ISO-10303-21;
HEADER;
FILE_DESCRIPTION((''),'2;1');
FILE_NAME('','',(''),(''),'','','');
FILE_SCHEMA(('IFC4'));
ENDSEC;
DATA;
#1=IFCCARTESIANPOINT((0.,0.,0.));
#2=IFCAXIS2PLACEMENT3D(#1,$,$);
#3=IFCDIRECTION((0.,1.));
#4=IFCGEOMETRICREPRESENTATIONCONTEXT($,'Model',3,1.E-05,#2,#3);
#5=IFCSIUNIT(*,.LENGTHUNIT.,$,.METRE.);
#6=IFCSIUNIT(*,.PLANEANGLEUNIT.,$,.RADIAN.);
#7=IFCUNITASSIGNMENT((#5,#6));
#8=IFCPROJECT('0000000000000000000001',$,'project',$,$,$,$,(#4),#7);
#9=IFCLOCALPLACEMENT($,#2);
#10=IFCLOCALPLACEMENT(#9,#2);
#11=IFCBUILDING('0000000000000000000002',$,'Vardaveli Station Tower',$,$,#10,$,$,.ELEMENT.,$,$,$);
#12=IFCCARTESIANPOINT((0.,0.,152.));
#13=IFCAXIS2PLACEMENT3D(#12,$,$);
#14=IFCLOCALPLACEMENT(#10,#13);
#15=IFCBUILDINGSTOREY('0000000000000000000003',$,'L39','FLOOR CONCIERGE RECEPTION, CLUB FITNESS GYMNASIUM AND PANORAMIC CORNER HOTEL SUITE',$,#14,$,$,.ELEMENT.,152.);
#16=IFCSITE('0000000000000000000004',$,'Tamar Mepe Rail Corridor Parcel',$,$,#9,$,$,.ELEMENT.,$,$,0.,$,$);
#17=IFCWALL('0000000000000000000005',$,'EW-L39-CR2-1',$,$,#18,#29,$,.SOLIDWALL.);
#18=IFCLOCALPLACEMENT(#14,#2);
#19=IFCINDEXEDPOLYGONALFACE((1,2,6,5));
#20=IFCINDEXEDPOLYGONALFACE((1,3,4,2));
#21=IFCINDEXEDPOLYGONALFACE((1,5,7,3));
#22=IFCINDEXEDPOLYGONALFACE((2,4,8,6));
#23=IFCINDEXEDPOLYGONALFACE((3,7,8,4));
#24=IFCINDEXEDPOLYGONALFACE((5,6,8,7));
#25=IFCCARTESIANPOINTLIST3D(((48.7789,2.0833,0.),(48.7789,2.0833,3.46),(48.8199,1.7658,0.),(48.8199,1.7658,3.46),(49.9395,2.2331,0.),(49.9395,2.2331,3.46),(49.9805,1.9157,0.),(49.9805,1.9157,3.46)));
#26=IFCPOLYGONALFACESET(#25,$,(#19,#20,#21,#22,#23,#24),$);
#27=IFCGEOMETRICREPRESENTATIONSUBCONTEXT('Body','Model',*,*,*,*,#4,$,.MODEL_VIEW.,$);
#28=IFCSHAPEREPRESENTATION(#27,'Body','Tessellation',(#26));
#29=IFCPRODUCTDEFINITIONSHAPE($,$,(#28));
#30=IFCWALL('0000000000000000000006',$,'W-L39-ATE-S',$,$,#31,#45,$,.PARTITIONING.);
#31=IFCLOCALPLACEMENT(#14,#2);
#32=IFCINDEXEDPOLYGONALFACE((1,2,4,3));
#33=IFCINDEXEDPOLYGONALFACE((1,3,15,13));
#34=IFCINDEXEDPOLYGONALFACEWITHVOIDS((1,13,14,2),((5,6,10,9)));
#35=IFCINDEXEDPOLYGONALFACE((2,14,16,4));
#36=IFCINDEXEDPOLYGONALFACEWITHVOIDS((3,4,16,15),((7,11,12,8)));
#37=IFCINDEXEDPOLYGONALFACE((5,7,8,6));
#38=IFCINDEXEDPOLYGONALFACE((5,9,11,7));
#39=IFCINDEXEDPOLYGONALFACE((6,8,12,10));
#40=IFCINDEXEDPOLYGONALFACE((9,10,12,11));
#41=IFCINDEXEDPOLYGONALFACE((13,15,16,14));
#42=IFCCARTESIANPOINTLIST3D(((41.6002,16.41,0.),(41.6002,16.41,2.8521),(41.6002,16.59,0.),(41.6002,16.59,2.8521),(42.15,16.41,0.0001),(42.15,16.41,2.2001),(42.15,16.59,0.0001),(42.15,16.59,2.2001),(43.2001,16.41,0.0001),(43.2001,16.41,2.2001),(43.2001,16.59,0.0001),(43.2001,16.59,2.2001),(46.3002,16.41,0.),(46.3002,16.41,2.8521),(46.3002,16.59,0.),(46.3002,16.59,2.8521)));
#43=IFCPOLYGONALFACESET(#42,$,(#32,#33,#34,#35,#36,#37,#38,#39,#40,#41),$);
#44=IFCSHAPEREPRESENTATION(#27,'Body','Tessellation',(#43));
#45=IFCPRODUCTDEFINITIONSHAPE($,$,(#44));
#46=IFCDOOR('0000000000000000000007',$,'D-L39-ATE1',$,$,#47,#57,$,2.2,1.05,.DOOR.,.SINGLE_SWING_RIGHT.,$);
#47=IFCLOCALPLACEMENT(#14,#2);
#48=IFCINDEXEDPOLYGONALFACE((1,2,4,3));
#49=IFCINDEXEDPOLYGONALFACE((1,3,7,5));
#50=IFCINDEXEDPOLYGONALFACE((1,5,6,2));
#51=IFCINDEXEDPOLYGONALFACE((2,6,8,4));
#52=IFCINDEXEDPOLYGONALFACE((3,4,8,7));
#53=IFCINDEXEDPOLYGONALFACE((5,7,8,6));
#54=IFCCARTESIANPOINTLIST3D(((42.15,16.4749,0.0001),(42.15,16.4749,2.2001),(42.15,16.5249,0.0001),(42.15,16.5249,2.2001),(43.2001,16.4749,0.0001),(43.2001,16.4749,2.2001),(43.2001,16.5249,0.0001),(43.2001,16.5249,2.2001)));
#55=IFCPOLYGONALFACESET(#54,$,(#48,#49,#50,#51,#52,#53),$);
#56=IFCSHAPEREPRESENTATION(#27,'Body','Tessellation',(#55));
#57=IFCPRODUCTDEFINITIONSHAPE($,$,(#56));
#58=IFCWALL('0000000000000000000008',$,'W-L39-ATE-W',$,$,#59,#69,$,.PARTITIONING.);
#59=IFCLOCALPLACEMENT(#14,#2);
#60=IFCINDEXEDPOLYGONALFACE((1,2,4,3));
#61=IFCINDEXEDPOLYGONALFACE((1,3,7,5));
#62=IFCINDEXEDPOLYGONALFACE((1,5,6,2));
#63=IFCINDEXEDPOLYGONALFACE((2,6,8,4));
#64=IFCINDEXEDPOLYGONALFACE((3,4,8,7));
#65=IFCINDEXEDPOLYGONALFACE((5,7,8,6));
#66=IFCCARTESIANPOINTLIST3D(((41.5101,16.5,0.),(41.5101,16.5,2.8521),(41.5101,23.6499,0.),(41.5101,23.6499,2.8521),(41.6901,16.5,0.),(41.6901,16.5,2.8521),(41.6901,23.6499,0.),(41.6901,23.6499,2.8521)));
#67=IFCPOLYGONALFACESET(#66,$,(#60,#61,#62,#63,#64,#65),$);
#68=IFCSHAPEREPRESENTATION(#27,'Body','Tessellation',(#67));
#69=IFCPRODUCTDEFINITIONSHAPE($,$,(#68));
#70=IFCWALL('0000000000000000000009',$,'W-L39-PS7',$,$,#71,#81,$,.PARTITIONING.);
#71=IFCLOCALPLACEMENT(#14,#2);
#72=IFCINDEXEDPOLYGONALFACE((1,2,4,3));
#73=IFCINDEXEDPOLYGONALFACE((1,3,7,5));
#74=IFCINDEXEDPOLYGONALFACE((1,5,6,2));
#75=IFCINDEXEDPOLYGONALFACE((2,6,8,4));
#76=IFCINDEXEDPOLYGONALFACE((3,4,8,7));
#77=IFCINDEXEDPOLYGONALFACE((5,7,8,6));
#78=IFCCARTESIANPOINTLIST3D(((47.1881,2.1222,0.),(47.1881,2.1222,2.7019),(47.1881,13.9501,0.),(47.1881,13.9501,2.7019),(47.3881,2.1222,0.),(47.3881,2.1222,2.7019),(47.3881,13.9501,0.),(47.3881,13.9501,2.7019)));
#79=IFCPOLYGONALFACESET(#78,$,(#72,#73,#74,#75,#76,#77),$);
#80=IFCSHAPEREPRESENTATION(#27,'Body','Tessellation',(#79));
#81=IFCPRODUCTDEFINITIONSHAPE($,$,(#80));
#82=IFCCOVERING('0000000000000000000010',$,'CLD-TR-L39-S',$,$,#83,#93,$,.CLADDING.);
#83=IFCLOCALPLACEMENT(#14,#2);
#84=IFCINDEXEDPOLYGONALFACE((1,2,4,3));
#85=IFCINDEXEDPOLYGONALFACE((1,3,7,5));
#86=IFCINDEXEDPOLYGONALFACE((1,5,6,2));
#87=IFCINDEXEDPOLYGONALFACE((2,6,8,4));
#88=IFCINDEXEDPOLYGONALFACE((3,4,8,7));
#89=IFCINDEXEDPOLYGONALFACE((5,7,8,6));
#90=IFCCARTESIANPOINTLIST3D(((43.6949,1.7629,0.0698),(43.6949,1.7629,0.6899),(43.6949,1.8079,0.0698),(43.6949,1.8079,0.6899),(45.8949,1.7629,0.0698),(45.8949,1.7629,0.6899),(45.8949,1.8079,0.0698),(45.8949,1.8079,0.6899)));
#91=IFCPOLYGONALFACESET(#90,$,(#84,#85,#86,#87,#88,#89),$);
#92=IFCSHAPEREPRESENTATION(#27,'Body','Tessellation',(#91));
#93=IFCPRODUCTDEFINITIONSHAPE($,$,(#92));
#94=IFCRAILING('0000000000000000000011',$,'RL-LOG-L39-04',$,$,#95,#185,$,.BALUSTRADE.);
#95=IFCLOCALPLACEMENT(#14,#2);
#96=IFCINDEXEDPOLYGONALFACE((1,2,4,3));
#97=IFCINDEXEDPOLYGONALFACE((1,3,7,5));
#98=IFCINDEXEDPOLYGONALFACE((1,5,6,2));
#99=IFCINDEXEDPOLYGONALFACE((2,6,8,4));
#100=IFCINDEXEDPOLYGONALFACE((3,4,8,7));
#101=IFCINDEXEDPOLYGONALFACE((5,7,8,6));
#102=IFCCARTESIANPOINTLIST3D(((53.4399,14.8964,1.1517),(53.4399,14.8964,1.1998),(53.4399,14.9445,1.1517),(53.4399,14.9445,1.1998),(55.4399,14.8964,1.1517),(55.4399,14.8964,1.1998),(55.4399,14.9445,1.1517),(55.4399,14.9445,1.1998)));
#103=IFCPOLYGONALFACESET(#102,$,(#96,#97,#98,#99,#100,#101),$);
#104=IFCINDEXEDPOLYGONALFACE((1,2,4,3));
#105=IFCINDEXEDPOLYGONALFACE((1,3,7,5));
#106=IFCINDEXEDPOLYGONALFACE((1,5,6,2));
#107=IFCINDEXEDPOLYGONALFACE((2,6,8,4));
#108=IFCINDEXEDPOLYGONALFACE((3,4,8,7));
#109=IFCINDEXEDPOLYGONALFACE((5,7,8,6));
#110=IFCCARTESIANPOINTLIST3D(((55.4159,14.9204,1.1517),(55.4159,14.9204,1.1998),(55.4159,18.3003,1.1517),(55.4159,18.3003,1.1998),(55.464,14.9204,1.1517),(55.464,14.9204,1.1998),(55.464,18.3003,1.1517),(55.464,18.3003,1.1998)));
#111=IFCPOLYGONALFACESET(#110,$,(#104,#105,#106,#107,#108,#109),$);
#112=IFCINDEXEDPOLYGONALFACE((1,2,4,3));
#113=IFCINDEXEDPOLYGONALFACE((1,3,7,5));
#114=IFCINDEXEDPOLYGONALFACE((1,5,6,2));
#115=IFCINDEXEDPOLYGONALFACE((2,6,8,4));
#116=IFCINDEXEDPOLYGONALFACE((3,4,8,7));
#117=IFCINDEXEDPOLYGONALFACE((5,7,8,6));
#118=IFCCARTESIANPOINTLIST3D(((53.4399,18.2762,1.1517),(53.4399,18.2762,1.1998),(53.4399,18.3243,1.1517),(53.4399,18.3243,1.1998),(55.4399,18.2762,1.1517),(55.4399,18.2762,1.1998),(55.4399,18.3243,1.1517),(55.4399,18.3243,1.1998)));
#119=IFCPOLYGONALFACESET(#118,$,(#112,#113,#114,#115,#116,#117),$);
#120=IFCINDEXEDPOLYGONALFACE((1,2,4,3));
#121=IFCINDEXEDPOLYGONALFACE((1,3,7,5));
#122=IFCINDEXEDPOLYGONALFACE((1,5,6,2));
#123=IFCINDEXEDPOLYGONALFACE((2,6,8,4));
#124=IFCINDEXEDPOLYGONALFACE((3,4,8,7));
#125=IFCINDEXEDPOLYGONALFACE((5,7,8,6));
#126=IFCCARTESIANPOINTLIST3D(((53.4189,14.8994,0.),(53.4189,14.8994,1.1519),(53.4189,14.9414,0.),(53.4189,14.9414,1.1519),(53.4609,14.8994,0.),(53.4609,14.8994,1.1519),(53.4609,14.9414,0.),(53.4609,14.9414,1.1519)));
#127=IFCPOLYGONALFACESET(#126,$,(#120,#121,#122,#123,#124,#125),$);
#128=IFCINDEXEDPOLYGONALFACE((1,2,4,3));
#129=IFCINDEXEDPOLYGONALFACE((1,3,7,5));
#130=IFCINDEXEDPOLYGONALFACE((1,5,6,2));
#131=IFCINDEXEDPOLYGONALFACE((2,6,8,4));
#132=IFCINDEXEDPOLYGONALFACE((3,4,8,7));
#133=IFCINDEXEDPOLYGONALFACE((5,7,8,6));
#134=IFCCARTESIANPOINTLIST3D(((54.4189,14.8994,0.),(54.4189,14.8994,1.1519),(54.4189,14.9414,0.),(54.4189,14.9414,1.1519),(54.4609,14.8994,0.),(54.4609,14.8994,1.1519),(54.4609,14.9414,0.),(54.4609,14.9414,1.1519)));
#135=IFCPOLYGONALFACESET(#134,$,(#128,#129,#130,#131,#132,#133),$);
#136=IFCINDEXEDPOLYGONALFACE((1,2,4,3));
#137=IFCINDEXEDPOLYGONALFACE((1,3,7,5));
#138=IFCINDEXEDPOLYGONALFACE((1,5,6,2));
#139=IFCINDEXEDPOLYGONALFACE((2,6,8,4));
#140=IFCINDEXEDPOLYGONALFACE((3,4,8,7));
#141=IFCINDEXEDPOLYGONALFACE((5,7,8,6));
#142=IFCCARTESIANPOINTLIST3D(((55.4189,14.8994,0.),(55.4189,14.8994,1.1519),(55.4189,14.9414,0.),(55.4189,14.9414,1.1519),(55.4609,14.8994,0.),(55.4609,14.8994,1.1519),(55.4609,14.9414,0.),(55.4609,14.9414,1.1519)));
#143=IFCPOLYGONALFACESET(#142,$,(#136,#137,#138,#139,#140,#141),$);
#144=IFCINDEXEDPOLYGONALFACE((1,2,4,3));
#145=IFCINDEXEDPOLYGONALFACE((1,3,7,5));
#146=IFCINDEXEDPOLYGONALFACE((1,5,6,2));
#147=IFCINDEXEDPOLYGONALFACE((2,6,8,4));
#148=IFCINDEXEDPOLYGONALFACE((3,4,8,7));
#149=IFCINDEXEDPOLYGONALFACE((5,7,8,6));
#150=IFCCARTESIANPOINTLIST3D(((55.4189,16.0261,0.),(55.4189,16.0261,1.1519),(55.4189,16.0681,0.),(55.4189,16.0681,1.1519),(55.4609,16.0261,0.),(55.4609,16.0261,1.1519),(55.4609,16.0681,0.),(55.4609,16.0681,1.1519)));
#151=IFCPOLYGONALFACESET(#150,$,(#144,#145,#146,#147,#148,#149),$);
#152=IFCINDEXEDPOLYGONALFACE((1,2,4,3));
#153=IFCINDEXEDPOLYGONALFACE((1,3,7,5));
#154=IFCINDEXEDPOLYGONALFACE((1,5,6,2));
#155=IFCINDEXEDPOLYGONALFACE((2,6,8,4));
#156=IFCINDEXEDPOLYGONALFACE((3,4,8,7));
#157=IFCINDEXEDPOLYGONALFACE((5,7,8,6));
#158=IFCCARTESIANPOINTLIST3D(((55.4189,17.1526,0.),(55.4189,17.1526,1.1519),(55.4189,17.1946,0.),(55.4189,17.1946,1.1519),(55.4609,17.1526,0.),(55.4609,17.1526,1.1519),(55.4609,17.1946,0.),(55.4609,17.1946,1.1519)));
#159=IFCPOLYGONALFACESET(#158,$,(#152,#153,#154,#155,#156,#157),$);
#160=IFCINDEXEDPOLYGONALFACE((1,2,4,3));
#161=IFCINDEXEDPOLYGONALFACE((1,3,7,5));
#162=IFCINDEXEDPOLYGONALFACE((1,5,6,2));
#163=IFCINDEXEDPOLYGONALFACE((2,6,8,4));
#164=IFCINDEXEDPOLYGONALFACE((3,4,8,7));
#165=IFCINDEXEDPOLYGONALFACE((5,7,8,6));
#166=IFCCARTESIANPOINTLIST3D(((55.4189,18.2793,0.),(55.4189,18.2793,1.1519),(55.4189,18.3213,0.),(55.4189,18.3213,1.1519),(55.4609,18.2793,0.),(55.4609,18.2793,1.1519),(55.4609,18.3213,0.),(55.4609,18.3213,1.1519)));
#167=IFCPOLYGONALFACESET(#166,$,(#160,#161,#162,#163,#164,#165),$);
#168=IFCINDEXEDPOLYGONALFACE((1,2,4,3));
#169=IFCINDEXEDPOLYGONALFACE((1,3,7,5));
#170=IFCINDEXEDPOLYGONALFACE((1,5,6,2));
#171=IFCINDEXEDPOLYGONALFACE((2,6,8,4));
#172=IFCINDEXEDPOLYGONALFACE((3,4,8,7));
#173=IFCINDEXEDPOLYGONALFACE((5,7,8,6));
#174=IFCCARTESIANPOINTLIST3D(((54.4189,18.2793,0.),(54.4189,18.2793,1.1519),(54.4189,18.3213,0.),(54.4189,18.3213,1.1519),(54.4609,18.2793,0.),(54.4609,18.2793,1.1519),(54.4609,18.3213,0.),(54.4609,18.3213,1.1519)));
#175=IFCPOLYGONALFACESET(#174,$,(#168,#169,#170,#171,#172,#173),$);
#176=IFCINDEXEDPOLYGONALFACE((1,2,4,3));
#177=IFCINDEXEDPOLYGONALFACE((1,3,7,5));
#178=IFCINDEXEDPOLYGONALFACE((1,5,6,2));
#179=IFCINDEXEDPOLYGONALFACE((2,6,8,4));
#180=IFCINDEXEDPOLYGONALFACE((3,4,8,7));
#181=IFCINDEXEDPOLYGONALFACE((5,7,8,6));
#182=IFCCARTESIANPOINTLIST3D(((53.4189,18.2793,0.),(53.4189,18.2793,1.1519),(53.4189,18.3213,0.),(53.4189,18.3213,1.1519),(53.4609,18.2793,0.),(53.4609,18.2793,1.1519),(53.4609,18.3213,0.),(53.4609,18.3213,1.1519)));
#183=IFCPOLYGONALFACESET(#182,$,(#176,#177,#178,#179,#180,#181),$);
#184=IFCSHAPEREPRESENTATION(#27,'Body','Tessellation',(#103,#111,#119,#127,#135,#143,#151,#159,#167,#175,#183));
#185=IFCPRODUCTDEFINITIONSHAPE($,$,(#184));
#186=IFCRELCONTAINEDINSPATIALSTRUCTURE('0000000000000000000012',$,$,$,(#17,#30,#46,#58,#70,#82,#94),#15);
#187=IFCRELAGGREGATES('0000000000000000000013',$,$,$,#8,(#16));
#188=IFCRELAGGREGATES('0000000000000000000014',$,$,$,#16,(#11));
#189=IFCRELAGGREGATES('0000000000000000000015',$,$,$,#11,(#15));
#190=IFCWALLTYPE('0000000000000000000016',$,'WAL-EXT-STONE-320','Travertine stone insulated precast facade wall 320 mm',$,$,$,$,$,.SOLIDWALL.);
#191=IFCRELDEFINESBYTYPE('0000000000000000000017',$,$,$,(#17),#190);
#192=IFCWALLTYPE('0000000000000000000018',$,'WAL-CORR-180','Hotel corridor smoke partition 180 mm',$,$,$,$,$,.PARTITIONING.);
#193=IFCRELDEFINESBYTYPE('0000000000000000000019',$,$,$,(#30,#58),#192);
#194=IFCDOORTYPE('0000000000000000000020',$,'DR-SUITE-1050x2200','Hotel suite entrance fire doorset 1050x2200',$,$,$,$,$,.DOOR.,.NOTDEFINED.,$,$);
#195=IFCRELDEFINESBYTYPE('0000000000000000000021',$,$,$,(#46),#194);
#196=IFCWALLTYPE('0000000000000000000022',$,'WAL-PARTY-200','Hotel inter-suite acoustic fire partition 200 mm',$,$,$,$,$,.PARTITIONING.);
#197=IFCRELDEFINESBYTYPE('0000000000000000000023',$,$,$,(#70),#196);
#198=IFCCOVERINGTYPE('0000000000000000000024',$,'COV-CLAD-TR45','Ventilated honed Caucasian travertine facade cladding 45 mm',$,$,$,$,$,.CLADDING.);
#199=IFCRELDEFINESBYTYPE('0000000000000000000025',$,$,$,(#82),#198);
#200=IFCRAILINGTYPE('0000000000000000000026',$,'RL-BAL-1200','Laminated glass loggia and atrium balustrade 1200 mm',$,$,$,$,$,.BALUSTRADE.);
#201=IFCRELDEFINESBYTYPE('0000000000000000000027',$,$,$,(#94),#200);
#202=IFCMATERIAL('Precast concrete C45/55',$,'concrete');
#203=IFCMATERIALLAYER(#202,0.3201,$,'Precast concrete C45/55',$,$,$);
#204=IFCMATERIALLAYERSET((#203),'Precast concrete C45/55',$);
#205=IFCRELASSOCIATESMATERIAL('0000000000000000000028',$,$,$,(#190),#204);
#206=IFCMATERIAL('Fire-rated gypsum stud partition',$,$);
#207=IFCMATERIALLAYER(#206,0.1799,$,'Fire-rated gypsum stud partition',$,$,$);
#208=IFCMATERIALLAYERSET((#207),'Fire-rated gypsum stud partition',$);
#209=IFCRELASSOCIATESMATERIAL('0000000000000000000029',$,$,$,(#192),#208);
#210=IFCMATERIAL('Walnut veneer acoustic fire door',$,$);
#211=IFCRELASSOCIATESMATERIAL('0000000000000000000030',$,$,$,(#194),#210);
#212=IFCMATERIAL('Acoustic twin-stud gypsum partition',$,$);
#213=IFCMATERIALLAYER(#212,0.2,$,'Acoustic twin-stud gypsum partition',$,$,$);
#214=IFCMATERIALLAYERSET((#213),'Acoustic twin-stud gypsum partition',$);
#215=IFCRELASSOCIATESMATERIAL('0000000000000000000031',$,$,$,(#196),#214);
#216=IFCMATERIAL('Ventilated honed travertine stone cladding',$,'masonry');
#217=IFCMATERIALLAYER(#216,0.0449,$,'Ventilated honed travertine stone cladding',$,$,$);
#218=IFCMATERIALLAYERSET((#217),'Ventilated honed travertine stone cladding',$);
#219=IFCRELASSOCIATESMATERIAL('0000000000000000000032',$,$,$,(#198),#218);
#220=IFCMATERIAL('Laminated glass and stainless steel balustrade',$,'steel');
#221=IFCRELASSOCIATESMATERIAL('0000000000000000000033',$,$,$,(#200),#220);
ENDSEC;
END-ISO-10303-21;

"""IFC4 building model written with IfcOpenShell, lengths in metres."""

from ifc_helpers import new_model, si_unit, direction, frame, frame_2d, origin, origin_2d, place, context, subcontext, project, spatial, rectangle, extrude, source, transform, mapped, material, layer, layer_set, type_object, element, fill, save


model = new_model("IFC4")

# Units and contexts
model_context = context("Model", 3, precision=1e-05, world=origin(), true_north=direction((0.0, 1.0)))
body_context = subcontext(model_context, "Body", "Model", "MODEL_VIEW")
ifc_project = project(units=[si_unit("LENGTHUNIT", "METRE"), si_unit("PLANEANGLEUNIT", "RADIAN")], contexts=[model_context])

# Site, building, storey
site_placement = place(None, origin())
site = spatial("IfcSite", under=ifc_project, at=site_placement, Name="Tamar Mepe Rail Corridor Parcel", CompositionType="ELEMENT", RefElevation=0.0)
building_placement = place(site_placement, origin())
building = spatial("IfcBuilding", under=site, at=building_placement, Name="Vardaveli Station Tower", CompositionType="ELEMENT")
storey_placement = place(building_placement, frame((0.0, 0.0, 152.0)))
storey = spatial("IfcBuildingStorey", under=building, at=storey_placement, Name="L39", Description="FLOOR CONCIERGE RECEPTION, CLUB FITNESS GYMNASIUM AND PANORAMIC CORNER HOTEL SUITE", CompositionType="ELEMENT", Elevation=152.0)

# Shared definitions
ifc_material_1 = material(Name="Precast concrete C45/55", Category="concrete")

# Shared definitions
ifc_layer_1 = layer(ifc_material_1, 0.3201, Name="Precast concrete C45/55")
ifc_layer_set_1 = layer_set([ifc_layer_1], Name="Precast concrete C45/55")
wall_type_1 = type_object("IfcWallType", Name="WAL-EXT-STONE-320", Description="Travertine stone insulated precast facade wall 320 mm", PredefinedType="SOLIDWALL", material=ifc_layer_set_1)

# Wall
shared_shape_1 = source(origin(), body_context, "Body", "SweptSolid", [
    extrude(rectangle(XDim=1.1702, YDim=0.3201, at=frame_2d((0.585, 0.0))), origin(), (0.0, 0.0, 1.0), 3.46),
])
wall_1_placement = place(storey_placement, frame((48.7996, 1.9246, 0.0), z_axis=(0.0, 0.0, 1.0), x_axis=(0.991762, 0.12809, 0.0)))
element("IfcWall", 1, at=wall_1_placement, inside=storey, type_object=wall_type_1, Name="EW-L39-CR2-1", PredefinedType="SOLIDWALL", context=body_context, shape_type="MappedRepresentation", body=[
    mapped(shared_shape_1, transform((0.0, 0.0, 0.0), scale=1.0)),
])

# Wall, opening, door
ifc_material_2 = material(Name="Fire-rated gypsum stud partition")
ifc_layer_2 = layer(ifc_material_2, 0.1799, Name="Fire-rated gypsum stud partition")
ifc_layer_set_2 = layer_set([ifc_layer_2], Name="Fire-rated gypsum stud partition")
wall_type_2 = type_object("IfcWallType", Name="WAL-CORR-180", Description="Hotel corridor smoke partition 180 mm", PredefinedType="PARTITIONING", material=ifc_layer_set_2)
shared_shape_2 = source(origin(), body_context, "Body", "SweptSolid", [
    extrude(rectangle(XDim=4.7, YDim=0.1799, at=frame_2d((2.3501, 0.0))), origin(), (0.0, 0.0, 1.0), 2.8521),
])
wall_2_placement = place(storey_placement, frame((41.6001, 16.5, 0.0), z_axis=(0.0, 0.0, 1.0), x_axis=(1.0, 0.0, 0.0)))
wall_2 = element("IfcWall", 2, at=wall_2_placement, inside=storey, type_object=wall_type_2, Name="W-L39-ATE-S", PredefinedType="PARTITIONING", context=body_context, shape_type="MappedRepresentation", body=[
    mapped(shared_shape_2, transform((0.0, 0.0, 0.0), scale=1.0)),
])
shared_shape_3 = source(origin(), body_context, "Body", "SweptSolid", [
    extrude(rectangle(XDim=1.05, YDim=2.2, at=frame_2d((0.5249, 1.1001))), frame((0.0, 0.1001, 0.0), z_axis=(0.0, -1.0, 0.0), x_axis=(1.0, 0.0, 0.0)), (0.0, 0.0, 1.0), 0.2),
])
opening_1_placement = place(wall_2_placement, frame((0.55, 0.0, 0.0)))
opening_1 = element("IfcOpeningElement", 3, at=opening_1_placement, cuts=wall_2, PredefinedType="OPENING", context=body_context, shape_type="MappedRepresentation", body=[
    mapped(shared_shape_3, transform((0.0, 0.0, 0.0), scale=1.0)),
])
ifc_material_3 = material(Name="Walnut veneer acoustic fire door")
door_type_1 = type_object("IfcDoorType", Name="DR-SUITE-1050x2200", Description="Hotel suite entrance fire doorset 1050x2200", OperationType="NOTDEFINED", PredefinedType="DOOR", material=ifc_material_3)
shared_shape_4 = source(origin(), body_context, "Body", "SweptSolid", [
    extrude(rectangle(XDim=1.05, YDim=2.2, at=frame_2d((0.5249, 1.1001))), frame((0.0, 0.0249, 0.0), z_axis=(0.0, -1.0, 0.0), x_axis=(1.0, 0.0, 0.0)), (0.0, 0.0, 1.0), 0.05),
])
door_1_placement = place(opening_1_placement, origin())
door_1 = element("IfcDoor", 4, at=door_1_placement, inside=storey, type_object=door_type_1, Name="D-L39-ATE1", OperationType="SINGLE_SWING_RIGHT", OverallHeight=2.2, OverallWidth=1.05, PredefinedType="DOOR", context=body_context, shape_type="MappedRepresentation", body=[
    mapped(shared_shape_4, transform((0.0, 0.0, 0.0), scale=1.0)),
])
fill(opening_1, door_1)

# Walls
shared_shape_5 = source(origin(), body_context, "Body", "SweptSolid", [
    extrude(rectangle(XDim=7.1499, YDim=0.1799, at=frame_2d((3.575, 0.0))), origin(), (0.0, 0.0, 1.0), 2.8521),
])
wall_3_placement = place(storey_placement, frame((41.6001, 16.5, 0.0), z_axis=(0.0, 0.0, 1.0), x_axis=(0.0, 1.0, 0.0)))
element("IfcWall", 5, at=wall_3_placement, inside=storey, type_object=wall_type_2, Name="W-L39-ATE-W", PredefinedType="PARTITIONING", context=body_context, shape_type="MappedRepresentation", body=[
    mapped(shared_shape_5, transform((0.0, 0.0, 0.0), scale=1.0)),
])
ifc_material_4 = material(Name="Acoustic twin-stud gypsum partition")
ifc_layer_3 = layer(ifc_material_4, 0.2, Name="Acoustic twin-stud gypsum partition")
ifc_layer_set_3 = layer_set([ifc_layer_3], Name="Acoustic twin-stud gypsum partition")
wall_type_3 = type_object("IfcWallType", Name="WAL-PARTY-200", Description="Hotel inter-suite acoustic fire partition 200 mm", PredefinedType="PARTITIONING", material=ifc_layer_set_3)
shared_shape_6 = source(origin(), body_context, "Body", "SweptSolid", [
    extrude(rectangle(XDim=11.8279, YDim=0.2, at=frame_2d((5.9141, 0.0))), origin(), (0.0, 0.0, 1.0), 2.7019),
])
wall_4_placement = place(storey_placement, frame((47.2881, 2.1221, 0.0), z_axis=(0.0, 0.0, 1.0), x_axis=(0.0, 1.0, 0.0)))
element("IfcWall", 6, at=wall_4_placement, inside=storey, type_object=wall_type_3, Name="W-L39-PS7", PredefinedType="PARTITIONING", context=body_context, shape_type="MappedRepresentation", body=[
    mapped(shared_shape_6, transform((0.0, 0.0, 0.0), scale=1.0)),
])

# Covering
ifc_material_5 = material(Name="Ventilated honed travertine stone cladding", Category="masonry")
ifc_layer_4 = layer(ifc_material_5, 0.0449, Name="Ventilated honed travertine stone cladding")
ifc_layer_set_4 = layer_set([ifc_layer_4], Name="Ventilated honed travertine stone cladding")
covering_type = type_object("IfcCoveringType", Name="COV-CLAD-TR45", Description="Ventilated honed Caucasian travertine facade cladding 45 mm", PredefinedType="CLADDING", material=ifc_layer_set_4)
shared_shape_7 = source(origin(), body_context, "Body", "SweptSolid", [
    extrude(rectangle(XDim=2.2, YDim=0.0449, at=origin_2d()), origin(), (0.0, 0.0, 1.0), 0.6201),
])
covering_placement = place(storey_placement, frame((44.7949, 1.7854, 0.0698), z_axis=(0.0, 0.0, 1.0), x_axis=(1.0, 0.0, 0.0)))
element("IfcCovering", 7, at=covering_placement, inside=storey, type_object=covering_type, Name="CLD-TR-L39-S", PredefinedType="CLADDING", context=body_context, shape_type="MappedRepresentation", body=[
    mapped(shared_shape_7, transform((0.0, 0.0, 0.0), scale=1.0)),
])

# Railing
ifc_material_6 = material(Name="Laminated glass and stainless steel balustrade", Category="steel")
railing_type = type_object("IfcRailingType", Name="RL-BAL-1200", Description="Laminated glass loggia and atrium balustrade 1200 mm", PredefinedType="BALUSTRADE", material=ifc_material_6)
shared_shape_8 = source(origin(), body_context, "Body", "SweptSolid", [
    extrude(rectangle(XDim=0.0481, YDim=0.0481, at=origin_2d()), frame((0.0, 0.0, 1.1758), z_axis=(1.0, 0.0, 0.0), x_axis=(0.0, 1.0, 0.0)), (0.0, 0.0, 1.0), 2.0),
    extrude(rectangle(XDim=0.0481, YDim=0.0481, at=origin_2d()), frame((2.0, 0.0, 1.1758), z_axis=(0.0, 1.0, 0.0), x_axis=(-1.0, 0.0, 0.0)), (0.0, 0.0, 1.0), 3.3799),
    extrude(rectangle(XDim=0.0481, YDim=0.0481, at=origin_2d()), frame((2.0, 3.3799, 1.1758), z_axis=(-1.0, 0.0, 0.0), x_axis=(0.0, -1.0, 0.0)), (0.0, 0.0, 1.0), 2.0),
    extrude(rectangle(XDim=0.042, YDim=0.042, at=origin_2d()), origin(), (0.0, 0.0, 1.0), 1.1519),
    extrude(rectangle(XDim=0.042, YDim=0.042, at=origin_2d()), frame((1.0, 0.0, 0.0)), (0.0, 0.0, 1.0), 1.1519),
    extrude(rectangle(XDim=0.042, YDim=0.042, at=origin_2d()), frame((2.0, 0.0, 0.0)), (0.0, 0.0, 1.0), 1.1519),
    extrude(rectangle(XDim=0.042, YDim=0.042, at=origin_2d()), frame((2.0, 1.1267, 0.0)), (0.0, 0.0, 1.0), 1.1519),
    extrude(rectangle(XDim=0.042, YDim=0.042, at=origin_2d()), frame((2.0, 2.2532, 0.0)), (0.0, 0.0, 1.0), 1.1519),
    extrude(rectangle(XDim=0.042, YDim=0.042, at=origin_2d()), frame((2.0, 3.3799, 0.0)), (0.0, 0.0, 1.0), 1.1519),
    extrude(rectangle(XDim=0.042, YDim=0.042, at=origin_2d()), frame((1.0, 3.3799, 0.0)), (0.0, 0.0, 1.0), 1.1519),
    extrude(rectangle(XDim=0.042, YDim=0.042, at=origin_2d()), frame((0.0, 3.3799, 0.0)), (0.0, 0.0, 1.0), 1.1519),
])
railing_placement = place(storey_placement, frame((53.4399, 14.9204, 0.0)))
element("IfcRailing", 8, at=railing_placement, inside=storey, type_object=railing_type, Name="RL-LOG-L39-04", PredefinedType="BALUSTRADE", context=body_context, shape_type="MappedRepresentation", body=[
    mapped(shared_shape_8, transform((0.0, 0.0, 0.0), scale=1.0)),
])

save(model, "model.ifc")
